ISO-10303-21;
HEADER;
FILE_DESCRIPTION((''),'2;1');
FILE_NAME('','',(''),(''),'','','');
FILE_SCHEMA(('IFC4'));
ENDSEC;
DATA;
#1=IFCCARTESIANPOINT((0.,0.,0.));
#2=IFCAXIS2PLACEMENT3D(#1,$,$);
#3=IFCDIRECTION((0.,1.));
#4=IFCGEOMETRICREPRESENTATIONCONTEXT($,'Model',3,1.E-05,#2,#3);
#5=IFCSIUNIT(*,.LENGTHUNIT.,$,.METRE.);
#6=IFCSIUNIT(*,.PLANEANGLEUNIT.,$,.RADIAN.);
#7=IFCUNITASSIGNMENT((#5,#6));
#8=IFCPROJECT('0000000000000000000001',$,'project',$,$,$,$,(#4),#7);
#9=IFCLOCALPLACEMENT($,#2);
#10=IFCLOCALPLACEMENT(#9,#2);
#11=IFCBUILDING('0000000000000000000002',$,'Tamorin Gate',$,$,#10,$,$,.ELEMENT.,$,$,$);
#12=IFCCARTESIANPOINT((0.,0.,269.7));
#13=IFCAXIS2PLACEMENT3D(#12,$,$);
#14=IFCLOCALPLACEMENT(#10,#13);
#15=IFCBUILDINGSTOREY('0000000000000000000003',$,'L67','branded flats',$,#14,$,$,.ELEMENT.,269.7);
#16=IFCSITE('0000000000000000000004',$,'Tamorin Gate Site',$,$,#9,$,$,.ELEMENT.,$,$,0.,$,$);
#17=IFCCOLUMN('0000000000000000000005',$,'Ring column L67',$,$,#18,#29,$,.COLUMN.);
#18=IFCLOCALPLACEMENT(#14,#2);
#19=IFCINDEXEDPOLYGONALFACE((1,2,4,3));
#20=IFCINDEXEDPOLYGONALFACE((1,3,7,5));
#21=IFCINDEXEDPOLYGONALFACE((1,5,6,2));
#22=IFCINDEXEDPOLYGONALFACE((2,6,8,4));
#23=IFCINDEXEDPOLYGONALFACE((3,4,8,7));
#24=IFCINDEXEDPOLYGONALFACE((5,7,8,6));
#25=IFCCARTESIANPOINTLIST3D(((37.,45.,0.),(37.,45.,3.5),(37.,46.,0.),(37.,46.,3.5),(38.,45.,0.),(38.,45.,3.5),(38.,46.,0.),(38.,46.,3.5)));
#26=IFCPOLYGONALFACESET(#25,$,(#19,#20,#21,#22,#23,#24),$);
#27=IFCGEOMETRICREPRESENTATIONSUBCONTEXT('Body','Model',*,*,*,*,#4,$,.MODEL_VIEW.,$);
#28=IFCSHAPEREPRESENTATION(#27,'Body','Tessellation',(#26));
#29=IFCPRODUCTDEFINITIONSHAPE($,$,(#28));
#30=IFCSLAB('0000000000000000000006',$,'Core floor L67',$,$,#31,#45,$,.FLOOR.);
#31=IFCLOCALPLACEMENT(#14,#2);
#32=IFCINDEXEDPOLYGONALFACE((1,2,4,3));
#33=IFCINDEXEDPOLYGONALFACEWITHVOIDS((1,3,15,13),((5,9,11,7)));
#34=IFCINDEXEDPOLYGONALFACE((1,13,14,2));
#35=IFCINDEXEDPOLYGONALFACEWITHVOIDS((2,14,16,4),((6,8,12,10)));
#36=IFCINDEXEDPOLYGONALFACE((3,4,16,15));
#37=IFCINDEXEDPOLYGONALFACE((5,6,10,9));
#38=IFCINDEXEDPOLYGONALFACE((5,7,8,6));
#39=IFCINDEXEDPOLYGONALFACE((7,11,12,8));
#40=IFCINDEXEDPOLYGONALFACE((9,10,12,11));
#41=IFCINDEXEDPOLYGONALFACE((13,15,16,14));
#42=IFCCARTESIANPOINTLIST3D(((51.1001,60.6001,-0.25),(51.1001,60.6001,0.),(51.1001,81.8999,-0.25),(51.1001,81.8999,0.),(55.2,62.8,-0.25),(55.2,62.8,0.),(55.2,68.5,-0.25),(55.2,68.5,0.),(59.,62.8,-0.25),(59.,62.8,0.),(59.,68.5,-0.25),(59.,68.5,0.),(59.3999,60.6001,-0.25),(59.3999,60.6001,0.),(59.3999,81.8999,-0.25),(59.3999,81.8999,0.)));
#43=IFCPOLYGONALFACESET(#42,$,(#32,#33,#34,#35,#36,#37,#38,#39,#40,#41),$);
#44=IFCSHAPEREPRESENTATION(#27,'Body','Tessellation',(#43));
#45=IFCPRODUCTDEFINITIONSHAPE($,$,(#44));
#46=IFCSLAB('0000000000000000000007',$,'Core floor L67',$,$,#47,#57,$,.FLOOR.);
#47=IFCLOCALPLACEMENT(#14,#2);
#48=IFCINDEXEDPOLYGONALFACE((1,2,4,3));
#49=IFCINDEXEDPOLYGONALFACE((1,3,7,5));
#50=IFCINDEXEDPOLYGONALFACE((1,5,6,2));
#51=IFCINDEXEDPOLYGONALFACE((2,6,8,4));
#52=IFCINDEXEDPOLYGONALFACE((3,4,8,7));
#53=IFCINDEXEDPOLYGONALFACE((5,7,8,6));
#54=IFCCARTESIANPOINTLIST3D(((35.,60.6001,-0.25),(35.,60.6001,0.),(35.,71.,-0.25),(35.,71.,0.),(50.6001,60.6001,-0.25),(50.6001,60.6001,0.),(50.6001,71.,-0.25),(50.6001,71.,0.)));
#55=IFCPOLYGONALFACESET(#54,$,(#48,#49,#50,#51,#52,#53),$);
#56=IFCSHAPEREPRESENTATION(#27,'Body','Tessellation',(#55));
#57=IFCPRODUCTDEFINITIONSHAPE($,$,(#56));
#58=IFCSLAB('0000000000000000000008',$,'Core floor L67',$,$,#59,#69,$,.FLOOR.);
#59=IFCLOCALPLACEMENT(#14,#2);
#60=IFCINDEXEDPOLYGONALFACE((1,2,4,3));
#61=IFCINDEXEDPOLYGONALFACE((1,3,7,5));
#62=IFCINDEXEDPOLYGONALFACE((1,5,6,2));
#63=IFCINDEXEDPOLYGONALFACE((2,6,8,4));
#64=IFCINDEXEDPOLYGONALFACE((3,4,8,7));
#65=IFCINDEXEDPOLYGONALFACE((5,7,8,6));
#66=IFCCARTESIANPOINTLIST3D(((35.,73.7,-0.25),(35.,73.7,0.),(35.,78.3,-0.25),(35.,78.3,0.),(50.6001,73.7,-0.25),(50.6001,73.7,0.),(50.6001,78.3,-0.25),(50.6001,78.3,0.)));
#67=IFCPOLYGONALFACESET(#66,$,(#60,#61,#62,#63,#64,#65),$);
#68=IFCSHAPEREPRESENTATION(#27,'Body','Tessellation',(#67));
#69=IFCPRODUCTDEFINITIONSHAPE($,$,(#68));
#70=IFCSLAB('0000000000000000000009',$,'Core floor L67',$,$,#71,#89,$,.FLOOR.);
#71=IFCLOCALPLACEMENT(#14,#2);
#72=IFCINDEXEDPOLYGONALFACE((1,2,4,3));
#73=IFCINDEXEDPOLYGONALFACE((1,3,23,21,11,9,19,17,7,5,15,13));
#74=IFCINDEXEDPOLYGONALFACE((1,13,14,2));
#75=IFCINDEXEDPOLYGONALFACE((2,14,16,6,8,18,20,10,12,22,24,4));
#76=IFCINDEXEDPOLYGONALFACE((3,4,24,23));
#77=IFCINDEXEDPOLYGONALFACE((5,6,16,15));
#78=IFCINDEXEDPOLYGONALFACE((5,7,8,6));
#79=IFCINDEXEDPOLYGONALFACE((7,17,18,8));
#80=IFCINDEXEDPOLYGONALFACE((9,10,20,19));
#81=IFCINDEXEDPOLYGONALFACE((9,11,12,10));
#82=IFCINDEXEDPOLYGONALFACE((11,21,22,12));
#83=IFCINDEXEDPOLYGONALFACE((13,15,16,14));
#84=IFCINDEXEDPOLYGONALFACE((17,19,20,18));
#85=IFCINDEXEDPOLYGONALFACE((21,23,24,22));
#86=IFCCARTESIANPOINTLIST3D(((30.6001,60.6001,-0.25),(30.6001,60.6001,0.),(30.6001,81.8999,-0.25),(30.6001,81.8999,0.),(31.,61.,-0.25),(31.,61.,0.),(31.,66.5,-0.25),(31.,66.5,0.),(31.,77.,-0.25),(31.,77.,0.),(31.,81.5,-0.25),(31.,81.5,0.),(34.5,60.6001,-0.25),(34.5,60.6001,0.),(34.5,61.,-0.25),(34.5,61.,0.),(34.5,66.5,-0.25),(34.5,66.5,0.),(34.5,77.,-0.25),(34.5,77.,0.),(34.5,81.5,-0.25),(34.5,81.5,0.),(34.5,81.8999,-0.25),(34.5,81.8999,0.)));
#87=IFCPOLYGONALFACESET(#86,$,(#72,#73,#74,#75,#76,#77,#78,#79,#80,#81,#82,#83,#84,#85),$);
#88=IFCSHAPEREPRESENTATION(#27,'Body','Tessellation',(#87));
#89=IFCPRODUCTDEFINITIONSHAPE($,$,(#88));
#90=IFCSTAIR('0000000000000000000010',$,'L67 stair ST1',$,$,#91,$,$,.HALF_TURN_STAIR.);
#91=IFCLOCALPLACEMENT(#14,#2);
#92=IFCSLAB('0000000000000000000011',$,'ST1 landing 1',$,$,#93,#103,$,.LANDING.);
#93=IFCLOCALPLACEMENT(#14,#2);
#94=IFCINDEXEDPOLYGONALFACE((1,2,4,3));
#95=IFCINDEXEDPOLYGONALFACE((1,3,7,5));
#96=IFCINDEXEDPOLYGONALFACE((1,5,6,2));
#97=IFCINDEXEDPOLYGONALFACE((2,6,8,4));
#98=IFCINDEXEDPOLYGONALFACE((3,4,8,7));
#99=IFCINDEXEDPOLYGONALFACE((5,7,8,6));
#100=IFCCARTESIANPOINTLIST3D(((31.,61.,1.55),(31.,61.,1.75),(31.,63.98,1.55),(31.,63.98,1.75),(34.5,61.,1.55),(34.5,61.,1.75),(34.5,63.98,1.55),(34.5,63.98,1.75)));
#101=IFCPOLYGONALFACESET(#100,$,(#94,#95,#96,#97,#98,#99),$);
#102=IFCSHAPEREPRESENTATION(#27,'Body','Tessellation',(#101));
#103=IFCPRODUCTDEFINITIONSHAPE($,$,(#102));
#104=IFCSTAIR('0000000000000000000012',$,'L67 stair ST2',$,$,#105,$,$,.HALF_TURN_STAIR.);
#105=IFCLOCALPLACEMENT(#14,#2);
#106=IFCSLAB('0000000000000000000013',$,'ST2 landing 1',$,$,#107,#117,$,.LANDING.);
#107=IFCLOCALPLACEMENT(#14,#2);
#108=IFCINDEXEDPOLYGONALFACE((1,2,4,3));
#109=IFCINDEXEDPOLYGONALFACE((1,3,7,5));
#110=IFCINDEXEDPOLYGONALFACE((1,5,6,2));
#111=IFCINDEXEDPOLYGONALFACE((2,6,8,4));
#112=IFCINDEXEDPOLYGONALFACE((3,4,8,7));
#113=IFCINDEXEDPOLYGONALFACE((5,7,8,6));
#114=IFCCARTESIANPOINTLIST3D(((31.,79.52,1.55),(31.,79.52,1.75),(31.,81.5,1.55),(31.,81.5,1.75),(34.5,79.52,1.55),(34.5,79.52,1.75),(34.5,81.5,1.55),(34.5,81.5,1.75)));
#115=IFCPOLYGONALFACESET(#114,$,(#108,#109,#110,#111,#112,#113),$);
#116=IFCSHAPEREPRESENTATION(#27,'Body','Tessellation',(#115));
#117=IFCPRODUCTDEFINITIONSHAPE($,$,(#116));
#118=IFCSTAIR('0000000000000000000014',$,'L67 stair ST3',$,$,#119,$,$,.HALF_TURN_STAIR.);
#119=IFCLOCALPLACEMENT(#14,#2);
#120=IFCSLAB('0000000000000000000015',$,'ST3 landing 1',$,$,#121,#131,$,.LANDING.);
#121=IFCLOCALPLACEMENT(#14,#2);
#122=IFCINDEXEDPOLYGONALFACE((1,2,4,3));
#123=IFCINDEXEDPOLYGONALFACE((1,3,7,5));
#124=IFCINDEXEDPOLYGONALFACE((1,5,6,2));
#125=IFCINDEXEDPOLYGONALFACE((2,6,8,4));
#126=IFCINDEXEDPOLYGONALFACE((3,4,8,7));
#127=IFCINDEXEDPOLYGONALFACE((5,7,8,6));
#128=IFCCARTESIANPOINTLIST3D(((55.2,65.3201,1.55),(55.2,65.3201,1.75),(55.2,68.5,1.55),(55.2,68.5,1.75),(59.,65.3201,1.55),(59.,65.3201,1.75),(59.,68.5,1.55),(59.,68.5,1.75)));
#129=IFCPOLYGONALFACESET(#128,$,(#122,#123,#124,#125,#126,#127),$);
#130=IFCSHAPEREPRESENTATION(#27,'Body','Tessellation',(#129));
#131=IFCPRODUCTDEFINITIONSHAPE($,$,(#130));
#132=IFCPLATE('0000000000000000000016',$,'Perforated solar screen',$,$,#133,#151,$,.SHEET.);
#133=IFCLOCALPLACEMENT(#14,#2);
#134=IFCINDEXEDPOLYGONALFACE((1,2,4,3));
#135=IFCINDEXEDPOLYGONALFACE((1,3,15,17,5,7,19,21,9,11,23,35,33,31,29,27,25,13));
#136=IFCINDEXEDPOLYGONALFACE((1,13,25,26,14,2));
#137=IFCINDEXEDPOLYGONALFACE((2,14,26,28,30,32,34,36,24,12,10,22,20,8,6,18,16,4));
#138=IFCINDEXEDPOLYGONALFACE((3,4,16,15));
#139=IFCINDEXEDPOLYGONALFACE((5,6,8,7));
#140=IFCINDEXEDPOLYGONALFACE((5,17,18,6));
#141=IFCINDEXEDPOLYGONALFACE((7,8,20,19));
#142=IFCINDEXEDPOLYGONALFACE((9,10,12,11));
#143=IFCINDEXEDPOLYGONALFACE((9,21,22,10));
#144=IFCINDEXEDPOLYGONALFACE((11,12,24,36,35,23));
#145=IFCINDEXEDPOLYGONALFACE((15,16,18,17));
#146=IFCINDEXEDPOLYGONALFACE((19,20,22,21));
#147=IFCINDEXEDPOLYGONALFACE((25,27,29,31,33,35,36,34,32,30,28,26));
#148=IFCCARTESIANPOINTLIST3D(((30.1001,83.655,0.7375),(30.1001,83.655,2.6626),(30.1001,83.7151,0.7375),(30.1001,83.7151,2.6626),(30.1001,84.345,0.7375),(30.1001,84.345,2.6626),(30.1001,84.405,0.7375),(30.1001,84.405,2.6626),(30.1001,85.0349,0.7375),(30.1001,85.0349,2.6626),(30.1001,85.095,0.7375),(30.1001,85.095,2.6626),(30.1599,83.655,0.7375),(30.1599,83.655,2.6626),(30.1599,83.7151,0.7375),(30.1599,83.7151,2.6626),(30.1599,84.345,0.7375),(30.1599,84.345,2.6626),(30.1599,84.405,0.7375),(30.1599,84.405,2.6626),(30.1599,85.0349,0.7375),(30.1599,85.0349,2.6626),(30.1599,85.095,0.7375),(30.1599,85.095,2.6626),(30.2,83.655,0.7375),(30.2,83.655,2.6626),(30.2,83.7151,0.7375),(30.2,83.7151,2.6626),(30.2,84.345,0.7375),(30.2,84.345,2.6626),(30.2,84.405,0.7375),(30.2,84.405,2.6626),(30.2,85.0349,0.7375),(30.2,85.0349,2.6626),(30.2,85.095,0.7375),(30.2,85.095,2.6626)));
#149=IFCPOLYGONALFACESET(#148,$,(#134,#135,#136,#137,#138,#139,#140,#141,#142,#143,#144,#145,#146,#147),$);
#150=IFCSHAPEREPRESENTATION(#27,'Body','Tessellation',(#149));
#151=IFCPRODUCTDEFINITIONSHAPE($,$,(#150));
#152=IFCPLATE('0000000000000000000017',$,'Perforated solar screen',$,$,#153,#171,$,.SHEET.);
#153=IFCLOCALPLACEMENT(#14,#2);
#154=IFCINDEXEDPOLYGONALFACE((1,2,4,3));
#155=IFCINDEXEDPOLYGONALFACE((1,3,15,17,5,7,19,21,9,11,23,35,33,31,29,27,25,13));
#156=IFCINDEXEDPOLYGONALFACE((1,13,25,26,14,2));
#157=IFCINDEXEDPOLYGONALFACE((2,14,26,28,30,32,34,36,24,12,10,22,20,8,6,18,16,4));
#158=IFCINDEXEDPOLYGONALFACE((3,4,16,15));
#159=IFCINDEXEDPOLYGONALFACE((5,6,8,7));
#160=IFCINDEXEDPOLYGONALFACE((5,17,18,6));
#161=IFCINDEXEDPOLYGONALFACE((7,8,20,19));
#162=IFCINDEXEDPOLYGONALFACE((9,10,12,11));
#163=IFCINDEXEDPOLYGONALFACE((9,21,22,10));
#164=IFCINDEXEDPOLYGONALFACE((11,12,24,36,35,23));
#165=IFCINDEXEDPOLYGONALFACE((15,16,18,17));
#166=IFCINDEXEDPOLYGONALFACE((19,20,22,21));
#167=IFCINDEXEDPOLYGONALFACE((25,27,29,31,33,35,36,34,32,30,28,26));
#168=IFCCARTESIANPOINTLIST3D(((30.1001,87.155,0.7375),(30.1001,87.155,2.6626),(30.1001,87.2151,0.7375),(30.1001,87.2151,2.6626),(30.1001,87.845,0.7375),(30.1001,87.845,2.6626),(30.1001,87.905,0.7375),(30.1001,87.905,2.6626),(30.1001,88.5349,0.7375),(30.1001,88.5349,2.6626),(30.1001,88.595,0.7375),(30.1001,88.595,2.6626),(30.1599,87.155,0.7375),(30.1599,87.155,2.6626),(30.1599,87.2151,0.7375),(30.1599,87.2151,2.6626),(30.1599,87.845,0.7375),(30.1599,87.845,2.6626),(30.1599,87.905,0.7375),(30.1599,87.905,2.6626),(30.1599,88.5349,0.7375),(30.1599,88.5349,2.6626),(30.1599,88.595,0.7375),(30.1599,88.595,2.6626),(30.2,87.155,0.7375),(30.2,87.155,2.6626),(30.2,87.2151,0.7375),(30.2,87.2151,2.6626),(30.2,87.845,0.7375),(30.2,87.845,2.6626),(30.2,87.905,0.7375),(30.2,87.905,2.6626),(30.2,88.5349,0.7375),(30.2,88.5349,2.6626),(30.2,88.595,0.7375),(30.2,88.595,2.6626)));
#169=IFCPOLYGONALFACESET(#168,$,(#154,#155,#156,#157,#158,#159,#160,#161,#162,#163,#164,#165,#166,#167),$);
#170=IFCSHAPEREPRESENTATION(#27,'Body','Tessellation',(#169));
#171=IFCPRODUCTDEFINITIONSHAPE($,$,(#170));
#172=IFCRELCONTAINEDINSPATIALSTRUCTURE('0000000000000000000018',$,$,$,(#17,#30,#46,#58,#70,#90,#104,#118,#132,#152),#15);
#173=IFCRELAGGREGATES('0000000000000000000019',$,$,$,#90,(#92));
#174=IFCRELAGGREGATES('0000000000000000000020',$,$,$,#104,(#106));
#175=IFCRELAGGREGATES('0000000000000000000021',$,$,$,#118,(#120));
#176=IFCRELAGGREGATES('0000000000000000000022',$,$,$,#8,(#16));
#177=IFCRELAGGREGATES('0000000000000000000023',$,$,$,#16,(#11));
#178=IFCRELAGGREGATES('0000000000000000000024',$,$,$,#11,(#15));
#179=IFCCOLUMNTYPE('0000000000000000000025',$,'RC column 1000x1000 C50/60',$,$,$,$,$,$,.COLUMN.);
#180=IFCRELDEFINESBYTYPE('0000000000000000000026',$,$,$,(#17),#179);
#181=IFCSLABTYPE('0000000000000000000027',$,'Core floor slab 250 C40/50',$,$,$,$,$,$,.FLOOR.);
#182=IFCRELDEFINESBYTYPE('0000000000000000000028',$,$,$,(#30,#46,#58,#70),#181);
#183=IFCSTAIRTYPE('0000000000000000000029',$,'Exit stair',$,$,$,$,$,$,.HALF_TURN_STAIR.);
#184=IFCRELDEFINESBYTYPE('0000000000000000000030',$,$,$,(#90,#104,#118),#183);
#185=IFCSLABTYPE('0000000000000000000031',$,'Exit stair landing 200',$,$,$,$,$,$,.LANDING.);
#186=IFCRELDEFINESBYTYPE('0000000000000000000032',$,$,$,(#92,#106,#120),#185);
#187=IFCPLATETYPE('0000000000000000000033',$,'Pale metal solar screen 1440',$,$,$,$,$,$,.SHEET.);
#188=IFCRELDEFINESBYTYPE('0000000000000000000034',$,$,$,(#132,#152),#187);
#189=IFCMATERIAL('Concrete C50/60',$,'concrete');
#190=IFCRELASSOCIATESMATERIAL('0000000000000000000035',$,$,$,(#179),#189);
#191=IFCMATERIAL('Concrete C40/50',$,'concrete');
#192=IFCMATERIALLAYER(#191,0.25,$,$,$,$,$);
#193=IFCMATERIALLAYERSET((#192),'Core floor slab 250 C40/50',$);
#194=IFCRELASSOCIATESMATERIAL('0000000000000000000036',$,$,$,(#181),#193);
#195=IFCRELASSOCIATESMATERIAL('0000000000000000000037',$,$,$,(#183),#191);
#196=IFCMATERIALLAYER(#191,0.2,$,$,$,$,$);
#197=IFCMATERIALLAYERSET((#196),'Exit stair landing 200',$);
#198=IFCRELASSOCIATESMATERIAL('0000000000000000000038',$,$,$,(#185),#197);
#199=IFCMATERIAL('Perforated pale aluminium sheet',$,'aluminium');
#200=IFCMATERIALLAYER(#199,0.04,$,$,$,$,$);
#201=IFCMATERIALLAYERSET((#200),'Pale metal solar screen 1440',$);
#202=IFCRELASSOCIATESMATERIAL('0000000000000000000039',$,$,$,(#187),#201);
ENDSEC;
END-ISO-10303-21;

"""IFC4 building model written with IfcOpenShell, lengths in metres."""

from ifc_helpers import new_model, si_unit, direction, frame, origin, origin_2d, place, context, subcontext, project, spatial, polyline, rectangle, outline, extrude, material, layer, layer_set, material_profile, profile_set, type_object, element, aggregate, save


model = new_model("IFC4")

# Units and contexts
model_context = context("Model", 3, precision=1e-05, world=origin(), true_north=direction((0.0, 1.0)))
body_context = subcontext(model_context, "Body", "Model", "MODEL_VIEW")
ifc_project = project(units=[si_unit("LENGTHUNIT", "METRE"), si_unit("PLANEANGLEUNIT", "RADIAN")], contexts=[model_context])

# Site, building, storey
site_placement = place(None, origin())
site = spatial("IfcSite", under=ifc_project, at=site_placement, Name="Tamorin Gate Site", CompositionType="ELEMENT", RefElevation=0.0)
building_placement = place(site_placement, origin())
building = spatial("IfcBuilding", under=site, at=building_placement, Name="Tamorin Gate", CompositionType="ELEMENT")
storey_placement = place(building_placement, frame((0.0, 0.0, 269.7)))
storey = spatial("IfcBuildingStorey", under=building, at=storey_placement, Name="L67", Description="branded flats", CompositionType="ELEMENT", Elevation=269.7)

# Column
ifc_material_1 = material(Name="Concrete C50/60", Category="concrete")
ifc_material_profile = material_profile(ifc_material_1, rectangle(XDim=1.0, YDim=1.0, at=origin_2d()), Name="RC 1000x1000")
ifc_profile_set = profile_set([ifc_material_profile], Name="Concrete C50/60")
column_type = type_object("IfcColumnType", Name="RC column 1000x1000 C50/60", PredefinedType="COLUMN", material=ifc_profile_set)
column_placement = place(storey_placement, frame((37.5, 45.5, 0.0), z_axis=(0.0, 0.0, 1.0), x_axis=(1.0, 0.0, 0.0)))
element("IfcColumn", 1, at=column_placement, inside=storey, type_object=column_type, Name="Ring column L67", PredefinedType="COLUMN", context=body_context, shape_type="SweptSolid", body=[
    extrude(rectangle(XDim=1.0, YDim=1.0, at=origin_2d()), origin(), (0.0, 0.0, 1.0), 3.5),
])

# Slabs
ifc_material_2 = material(Name="Concrete C40/50", Category="concrete")
ifc_layer_1 = layer(ifc_material_2, 0.25)
ifc_layer_set_1 = layer_set([ifc_layer_1], Name="Core floor slab 250 C40/50")
slab_type_1 = type_object("IfcSlabType", Name="Core floor slab 250 C40/50", PredefinedType="FLOOR", material=ifc_layer_set_1)
slab_1_placement = place(storey_placement, frame((0.0, 0.0, -0.25)))
element("IfcSlab", 2, at=slab_1_placement, inside=storey, type_object=slab_type_1, Name="Core floor L67", PredefinedType="FLOOR", context=body_context, shape_type="SweptSolid", body=[
    extrude(outline(polyline([(51.1001, 81.8999), (59.3999, 81.8999), (59.3999, 60.6001), (51.1001, 60.6001), (51.1001, 81.8999)]), holes=[polyline([(55.2, 62.8), (59.0, 62.8), (59.0, 68.5), (55.2, 68.5), (55.2, 62.8)])]), origin(), (0.0, 0.0, 1.0), 0.25),
])
slab_2_placement = place(storey_placement, frame((0.0, 0.0, -0.25)))
element("IfcSlab", 3, at=slab_2_placement, inside=storey, type_object=slab_type_1, Name="Core floor L67", PredefinedType="FLOOR", context=body_context, shape_type="SweptSolid", body=[
    extrude(outline(polyline([(50.6001, 71.0), (50.6001, 60.6001), (35.0, 60.6001), (35.0, 71.0), (50.6001, 71.0)])), origin(), (0.0, 0.0, 1.0), 0.25),
])
slab_3_placement = place(storey_placement, frame((0.0, 0.0, -0.25)))
element("IfcSlab", 4, at=slab_3_placement, inside=storey, type_object=slab_type_1, Name="Core floor L67", PredefinedType="FLOOR", context=body_context, shape_type="SweptSolid", body=[
    extrude(outline(polyline([(50.6001, 73.7), (35.0, 73.7), (35.0, 78.3), (50.6001, 78.3), (50.6001, 73.7)])), origin(), (0.0, 0.0, 1.0), 0.25),
])
slab_4_placement = place(storey_placement, frame((0.0, 0.0, -0.25)))
element("IfcSlab", 5, at=slab_4_placement, inside=storey, type_object=slab_type_1, Name="Core floor L67", PredefinedType="FLOOR", context=body_context, shape_type="SweptSolid", body=[
    extrude(outline(polyline([(34.5, 60.6001), (30.6001, 60.6001), (30.6001, 81.8999), (34.5, 81.8999), (34.5, 81.5), (31.0, 81.5), (31.0, 77.0), (34.5, 77.0), (34.5, 66.5), (31.0, 66.5), (31.0, 61.0), (34.5, 61.0), (34.5, 60.6001)])), origin(), (0.0, 0.0, 1.0), 0.25),
])

# Stairs, slabs
stair_type = type_object("IfcStairType", Name="Exit stair", PredefinedType="HALF_TURN_STAIR", material=ifc_material_2)
stair_1_placement = place(storey_placement, origin())
stair_1 = element("IfcStair", 6, at=stair_1_placement, inside=storey, type_object=stair_type, Name="L67 stair ST1", PredefinedType="HALF_TURN_STAIR")
ifc_layer_2 = layer(ifc_material_2, 0.2)
ifc_layer_set_2 = layer_set([ifc_layer_2], Name="Exit stair landing 200")
slab_type_2 = type_object("IfcSlabType", Name="Exit stair landing 200", PredefinedType="LANDING", material=ifc_layer_set_2)
slab_5_placement = place(storey_placement, frame((0.0, 0.0, 1.55)))
slab_5 = element("IfcSlab", 7, at=slab_5_placement, type_object=slab_type_2, Name="ST1 landing 1", PredefinedType="LANDING", context=body_context, shape_type="SweptSolid", body=[
    extrude(outline(polyline([(31.0, 63.98), (31.0, 61.0), (34.5, 61.0), (34.5, 63.98), (31.0, 63.98)])), origin(), (0.0, 0.0, 1.0), 0.2),
])
aggregate(stair_1, [slab_5])
stair_2_placement = place(storey_placement, origin())
stair_2 = element("IfcStair", 8, at=stair_2_placement, inside=storey, type_object=stair_type, Name="L67 stair ST2", PredefinedType="HALF_TURN_STAIR")
slab_6_placement = place(storey_placement, frame((0.0, 0.0, 1.55)))
slab_6 = element("IfcSlab", 9, at=slab_6_placement, type_object=slab_type_2, Name="ST2 landing 1", PredefinedType="LANDING", context=body_context, shape_type="SweptSolid", body=[
    extrude(outline(polyline([(34.5, 79.52), (34.5, 81.5), (31.0, 81.5), (31.0, 79.52), (34.5, 79.52)])), origin(), (0.0, 0.0, 1.0), 0.2),
])
aggregate(stair_2, [slab_6])
stair_3_placement = place(storey_placement, origin())
stair_3 = element("IfcStair", 10, at=stair_3_placement, inside=storey, type_object=stair_type, Name="L67 stair ST3", PredefinedType="HALF_TURN_STAIR")
slab_7_placement = place(storey_placement, frame((0.0, 0.0, 1.55)))
slab_7 = element("IfcSlab", 11, at=slab_7_placement, type_object=slab_type_2, Name="ST3 landing 1", PredefinedType="LANDING", context=body_context, shape_type="SweptSolid", body=[
    extrude(outline(polyline([(59.0, 65.3201), (59.0, 68.5), (55.2, 68.5), (55.2, 65.3201), (59.0, 65.3201)])), origin(), (0.0, 0.0, 1.0), 0.2),
])
aggregate(stair_3, [slab_7])

# Plates
ifc_material_3 = material(Name="Perforated pale aluminium sheet", Category="aluminium")
ifc_layer_3 = layer(ifc_material_3, 0.04)
ifc_layer_set_3 = layer_set([ifc_layer_3], Name="Pale metal solar screen 1440")
plate_type = type_object("IfcPlateType", Name="Pale metal solar screen 1440", PredefinedType="SHEET", material=ifc_layer_set_3)
plate_1_placement = place(storey_placement, frame((0.0, 0.0, 0.7375)))
element("IfcPlate", 12, at=plate_1_placement, inside=storey, type_object=plate_type, Name="Perforated solar screen", PredefinedType="SHEET", context=body_context, shape_type="SweptSolid", body=[
    extrude(outline(polyline([(30.1599, 85.095), (30.2, 85.095), (30.2, 85.0349), (30.2, 84.405), (30.2, 84.345), (30.2, 83.7151), (30.2, 83.655), (30.2, 83.655), (30.1599, 83.655), (30.1599, 83.655), (30.1001, 83.655), (30.1001, 83.7151), (30.1599, 83.7151), (30.1599, 84.345), (30.1001, 84.345), (30.1001, 84.405), (30.1599, 84.405), (30.1599, 85.0349), (30.1001, 85.0349), (30.1001, 85.095), (30.1599, 85.095)])), origin(), (0.0, 0.0, 1.0), 1.925),
])
plate_2_placement = place(storey_placement, frame((0.0, 0.0, 0.7375)))
element("IfcPlate", 13, at=plate_2_placement, inside=storey, type_object=plate_type, Name="Perforated solar screen", PredefinedType="SHEET", context=body_context, shape_type="SweptSolid", body=[
    extrude(outline(polyline([(30.1599, 88.595), (30.2, 88.595), (30.2, 88.5349), (30.2, 87.905), (30.2, 87.845), (30.2, 87.2151), (30.2, 87.155), (30.2, 87.155), (30.1599, 87.155), (30.1599, 87.155), (30.1001, 87.155), (30.1001, 87.2151), (30.1599, 87.2151), (30.1599, 87.845), (30.1001, 87.845), (30.1001, 87.905), (30.1599, 87.905), (30.1599, 88.5349), (30.1001, 88.5349), (30.1001, 88.595), (30.1599, 88.595)])), origin(), (0.0, 0.0, 1.0), 1.925),
])

save(model, "model.ifc")
